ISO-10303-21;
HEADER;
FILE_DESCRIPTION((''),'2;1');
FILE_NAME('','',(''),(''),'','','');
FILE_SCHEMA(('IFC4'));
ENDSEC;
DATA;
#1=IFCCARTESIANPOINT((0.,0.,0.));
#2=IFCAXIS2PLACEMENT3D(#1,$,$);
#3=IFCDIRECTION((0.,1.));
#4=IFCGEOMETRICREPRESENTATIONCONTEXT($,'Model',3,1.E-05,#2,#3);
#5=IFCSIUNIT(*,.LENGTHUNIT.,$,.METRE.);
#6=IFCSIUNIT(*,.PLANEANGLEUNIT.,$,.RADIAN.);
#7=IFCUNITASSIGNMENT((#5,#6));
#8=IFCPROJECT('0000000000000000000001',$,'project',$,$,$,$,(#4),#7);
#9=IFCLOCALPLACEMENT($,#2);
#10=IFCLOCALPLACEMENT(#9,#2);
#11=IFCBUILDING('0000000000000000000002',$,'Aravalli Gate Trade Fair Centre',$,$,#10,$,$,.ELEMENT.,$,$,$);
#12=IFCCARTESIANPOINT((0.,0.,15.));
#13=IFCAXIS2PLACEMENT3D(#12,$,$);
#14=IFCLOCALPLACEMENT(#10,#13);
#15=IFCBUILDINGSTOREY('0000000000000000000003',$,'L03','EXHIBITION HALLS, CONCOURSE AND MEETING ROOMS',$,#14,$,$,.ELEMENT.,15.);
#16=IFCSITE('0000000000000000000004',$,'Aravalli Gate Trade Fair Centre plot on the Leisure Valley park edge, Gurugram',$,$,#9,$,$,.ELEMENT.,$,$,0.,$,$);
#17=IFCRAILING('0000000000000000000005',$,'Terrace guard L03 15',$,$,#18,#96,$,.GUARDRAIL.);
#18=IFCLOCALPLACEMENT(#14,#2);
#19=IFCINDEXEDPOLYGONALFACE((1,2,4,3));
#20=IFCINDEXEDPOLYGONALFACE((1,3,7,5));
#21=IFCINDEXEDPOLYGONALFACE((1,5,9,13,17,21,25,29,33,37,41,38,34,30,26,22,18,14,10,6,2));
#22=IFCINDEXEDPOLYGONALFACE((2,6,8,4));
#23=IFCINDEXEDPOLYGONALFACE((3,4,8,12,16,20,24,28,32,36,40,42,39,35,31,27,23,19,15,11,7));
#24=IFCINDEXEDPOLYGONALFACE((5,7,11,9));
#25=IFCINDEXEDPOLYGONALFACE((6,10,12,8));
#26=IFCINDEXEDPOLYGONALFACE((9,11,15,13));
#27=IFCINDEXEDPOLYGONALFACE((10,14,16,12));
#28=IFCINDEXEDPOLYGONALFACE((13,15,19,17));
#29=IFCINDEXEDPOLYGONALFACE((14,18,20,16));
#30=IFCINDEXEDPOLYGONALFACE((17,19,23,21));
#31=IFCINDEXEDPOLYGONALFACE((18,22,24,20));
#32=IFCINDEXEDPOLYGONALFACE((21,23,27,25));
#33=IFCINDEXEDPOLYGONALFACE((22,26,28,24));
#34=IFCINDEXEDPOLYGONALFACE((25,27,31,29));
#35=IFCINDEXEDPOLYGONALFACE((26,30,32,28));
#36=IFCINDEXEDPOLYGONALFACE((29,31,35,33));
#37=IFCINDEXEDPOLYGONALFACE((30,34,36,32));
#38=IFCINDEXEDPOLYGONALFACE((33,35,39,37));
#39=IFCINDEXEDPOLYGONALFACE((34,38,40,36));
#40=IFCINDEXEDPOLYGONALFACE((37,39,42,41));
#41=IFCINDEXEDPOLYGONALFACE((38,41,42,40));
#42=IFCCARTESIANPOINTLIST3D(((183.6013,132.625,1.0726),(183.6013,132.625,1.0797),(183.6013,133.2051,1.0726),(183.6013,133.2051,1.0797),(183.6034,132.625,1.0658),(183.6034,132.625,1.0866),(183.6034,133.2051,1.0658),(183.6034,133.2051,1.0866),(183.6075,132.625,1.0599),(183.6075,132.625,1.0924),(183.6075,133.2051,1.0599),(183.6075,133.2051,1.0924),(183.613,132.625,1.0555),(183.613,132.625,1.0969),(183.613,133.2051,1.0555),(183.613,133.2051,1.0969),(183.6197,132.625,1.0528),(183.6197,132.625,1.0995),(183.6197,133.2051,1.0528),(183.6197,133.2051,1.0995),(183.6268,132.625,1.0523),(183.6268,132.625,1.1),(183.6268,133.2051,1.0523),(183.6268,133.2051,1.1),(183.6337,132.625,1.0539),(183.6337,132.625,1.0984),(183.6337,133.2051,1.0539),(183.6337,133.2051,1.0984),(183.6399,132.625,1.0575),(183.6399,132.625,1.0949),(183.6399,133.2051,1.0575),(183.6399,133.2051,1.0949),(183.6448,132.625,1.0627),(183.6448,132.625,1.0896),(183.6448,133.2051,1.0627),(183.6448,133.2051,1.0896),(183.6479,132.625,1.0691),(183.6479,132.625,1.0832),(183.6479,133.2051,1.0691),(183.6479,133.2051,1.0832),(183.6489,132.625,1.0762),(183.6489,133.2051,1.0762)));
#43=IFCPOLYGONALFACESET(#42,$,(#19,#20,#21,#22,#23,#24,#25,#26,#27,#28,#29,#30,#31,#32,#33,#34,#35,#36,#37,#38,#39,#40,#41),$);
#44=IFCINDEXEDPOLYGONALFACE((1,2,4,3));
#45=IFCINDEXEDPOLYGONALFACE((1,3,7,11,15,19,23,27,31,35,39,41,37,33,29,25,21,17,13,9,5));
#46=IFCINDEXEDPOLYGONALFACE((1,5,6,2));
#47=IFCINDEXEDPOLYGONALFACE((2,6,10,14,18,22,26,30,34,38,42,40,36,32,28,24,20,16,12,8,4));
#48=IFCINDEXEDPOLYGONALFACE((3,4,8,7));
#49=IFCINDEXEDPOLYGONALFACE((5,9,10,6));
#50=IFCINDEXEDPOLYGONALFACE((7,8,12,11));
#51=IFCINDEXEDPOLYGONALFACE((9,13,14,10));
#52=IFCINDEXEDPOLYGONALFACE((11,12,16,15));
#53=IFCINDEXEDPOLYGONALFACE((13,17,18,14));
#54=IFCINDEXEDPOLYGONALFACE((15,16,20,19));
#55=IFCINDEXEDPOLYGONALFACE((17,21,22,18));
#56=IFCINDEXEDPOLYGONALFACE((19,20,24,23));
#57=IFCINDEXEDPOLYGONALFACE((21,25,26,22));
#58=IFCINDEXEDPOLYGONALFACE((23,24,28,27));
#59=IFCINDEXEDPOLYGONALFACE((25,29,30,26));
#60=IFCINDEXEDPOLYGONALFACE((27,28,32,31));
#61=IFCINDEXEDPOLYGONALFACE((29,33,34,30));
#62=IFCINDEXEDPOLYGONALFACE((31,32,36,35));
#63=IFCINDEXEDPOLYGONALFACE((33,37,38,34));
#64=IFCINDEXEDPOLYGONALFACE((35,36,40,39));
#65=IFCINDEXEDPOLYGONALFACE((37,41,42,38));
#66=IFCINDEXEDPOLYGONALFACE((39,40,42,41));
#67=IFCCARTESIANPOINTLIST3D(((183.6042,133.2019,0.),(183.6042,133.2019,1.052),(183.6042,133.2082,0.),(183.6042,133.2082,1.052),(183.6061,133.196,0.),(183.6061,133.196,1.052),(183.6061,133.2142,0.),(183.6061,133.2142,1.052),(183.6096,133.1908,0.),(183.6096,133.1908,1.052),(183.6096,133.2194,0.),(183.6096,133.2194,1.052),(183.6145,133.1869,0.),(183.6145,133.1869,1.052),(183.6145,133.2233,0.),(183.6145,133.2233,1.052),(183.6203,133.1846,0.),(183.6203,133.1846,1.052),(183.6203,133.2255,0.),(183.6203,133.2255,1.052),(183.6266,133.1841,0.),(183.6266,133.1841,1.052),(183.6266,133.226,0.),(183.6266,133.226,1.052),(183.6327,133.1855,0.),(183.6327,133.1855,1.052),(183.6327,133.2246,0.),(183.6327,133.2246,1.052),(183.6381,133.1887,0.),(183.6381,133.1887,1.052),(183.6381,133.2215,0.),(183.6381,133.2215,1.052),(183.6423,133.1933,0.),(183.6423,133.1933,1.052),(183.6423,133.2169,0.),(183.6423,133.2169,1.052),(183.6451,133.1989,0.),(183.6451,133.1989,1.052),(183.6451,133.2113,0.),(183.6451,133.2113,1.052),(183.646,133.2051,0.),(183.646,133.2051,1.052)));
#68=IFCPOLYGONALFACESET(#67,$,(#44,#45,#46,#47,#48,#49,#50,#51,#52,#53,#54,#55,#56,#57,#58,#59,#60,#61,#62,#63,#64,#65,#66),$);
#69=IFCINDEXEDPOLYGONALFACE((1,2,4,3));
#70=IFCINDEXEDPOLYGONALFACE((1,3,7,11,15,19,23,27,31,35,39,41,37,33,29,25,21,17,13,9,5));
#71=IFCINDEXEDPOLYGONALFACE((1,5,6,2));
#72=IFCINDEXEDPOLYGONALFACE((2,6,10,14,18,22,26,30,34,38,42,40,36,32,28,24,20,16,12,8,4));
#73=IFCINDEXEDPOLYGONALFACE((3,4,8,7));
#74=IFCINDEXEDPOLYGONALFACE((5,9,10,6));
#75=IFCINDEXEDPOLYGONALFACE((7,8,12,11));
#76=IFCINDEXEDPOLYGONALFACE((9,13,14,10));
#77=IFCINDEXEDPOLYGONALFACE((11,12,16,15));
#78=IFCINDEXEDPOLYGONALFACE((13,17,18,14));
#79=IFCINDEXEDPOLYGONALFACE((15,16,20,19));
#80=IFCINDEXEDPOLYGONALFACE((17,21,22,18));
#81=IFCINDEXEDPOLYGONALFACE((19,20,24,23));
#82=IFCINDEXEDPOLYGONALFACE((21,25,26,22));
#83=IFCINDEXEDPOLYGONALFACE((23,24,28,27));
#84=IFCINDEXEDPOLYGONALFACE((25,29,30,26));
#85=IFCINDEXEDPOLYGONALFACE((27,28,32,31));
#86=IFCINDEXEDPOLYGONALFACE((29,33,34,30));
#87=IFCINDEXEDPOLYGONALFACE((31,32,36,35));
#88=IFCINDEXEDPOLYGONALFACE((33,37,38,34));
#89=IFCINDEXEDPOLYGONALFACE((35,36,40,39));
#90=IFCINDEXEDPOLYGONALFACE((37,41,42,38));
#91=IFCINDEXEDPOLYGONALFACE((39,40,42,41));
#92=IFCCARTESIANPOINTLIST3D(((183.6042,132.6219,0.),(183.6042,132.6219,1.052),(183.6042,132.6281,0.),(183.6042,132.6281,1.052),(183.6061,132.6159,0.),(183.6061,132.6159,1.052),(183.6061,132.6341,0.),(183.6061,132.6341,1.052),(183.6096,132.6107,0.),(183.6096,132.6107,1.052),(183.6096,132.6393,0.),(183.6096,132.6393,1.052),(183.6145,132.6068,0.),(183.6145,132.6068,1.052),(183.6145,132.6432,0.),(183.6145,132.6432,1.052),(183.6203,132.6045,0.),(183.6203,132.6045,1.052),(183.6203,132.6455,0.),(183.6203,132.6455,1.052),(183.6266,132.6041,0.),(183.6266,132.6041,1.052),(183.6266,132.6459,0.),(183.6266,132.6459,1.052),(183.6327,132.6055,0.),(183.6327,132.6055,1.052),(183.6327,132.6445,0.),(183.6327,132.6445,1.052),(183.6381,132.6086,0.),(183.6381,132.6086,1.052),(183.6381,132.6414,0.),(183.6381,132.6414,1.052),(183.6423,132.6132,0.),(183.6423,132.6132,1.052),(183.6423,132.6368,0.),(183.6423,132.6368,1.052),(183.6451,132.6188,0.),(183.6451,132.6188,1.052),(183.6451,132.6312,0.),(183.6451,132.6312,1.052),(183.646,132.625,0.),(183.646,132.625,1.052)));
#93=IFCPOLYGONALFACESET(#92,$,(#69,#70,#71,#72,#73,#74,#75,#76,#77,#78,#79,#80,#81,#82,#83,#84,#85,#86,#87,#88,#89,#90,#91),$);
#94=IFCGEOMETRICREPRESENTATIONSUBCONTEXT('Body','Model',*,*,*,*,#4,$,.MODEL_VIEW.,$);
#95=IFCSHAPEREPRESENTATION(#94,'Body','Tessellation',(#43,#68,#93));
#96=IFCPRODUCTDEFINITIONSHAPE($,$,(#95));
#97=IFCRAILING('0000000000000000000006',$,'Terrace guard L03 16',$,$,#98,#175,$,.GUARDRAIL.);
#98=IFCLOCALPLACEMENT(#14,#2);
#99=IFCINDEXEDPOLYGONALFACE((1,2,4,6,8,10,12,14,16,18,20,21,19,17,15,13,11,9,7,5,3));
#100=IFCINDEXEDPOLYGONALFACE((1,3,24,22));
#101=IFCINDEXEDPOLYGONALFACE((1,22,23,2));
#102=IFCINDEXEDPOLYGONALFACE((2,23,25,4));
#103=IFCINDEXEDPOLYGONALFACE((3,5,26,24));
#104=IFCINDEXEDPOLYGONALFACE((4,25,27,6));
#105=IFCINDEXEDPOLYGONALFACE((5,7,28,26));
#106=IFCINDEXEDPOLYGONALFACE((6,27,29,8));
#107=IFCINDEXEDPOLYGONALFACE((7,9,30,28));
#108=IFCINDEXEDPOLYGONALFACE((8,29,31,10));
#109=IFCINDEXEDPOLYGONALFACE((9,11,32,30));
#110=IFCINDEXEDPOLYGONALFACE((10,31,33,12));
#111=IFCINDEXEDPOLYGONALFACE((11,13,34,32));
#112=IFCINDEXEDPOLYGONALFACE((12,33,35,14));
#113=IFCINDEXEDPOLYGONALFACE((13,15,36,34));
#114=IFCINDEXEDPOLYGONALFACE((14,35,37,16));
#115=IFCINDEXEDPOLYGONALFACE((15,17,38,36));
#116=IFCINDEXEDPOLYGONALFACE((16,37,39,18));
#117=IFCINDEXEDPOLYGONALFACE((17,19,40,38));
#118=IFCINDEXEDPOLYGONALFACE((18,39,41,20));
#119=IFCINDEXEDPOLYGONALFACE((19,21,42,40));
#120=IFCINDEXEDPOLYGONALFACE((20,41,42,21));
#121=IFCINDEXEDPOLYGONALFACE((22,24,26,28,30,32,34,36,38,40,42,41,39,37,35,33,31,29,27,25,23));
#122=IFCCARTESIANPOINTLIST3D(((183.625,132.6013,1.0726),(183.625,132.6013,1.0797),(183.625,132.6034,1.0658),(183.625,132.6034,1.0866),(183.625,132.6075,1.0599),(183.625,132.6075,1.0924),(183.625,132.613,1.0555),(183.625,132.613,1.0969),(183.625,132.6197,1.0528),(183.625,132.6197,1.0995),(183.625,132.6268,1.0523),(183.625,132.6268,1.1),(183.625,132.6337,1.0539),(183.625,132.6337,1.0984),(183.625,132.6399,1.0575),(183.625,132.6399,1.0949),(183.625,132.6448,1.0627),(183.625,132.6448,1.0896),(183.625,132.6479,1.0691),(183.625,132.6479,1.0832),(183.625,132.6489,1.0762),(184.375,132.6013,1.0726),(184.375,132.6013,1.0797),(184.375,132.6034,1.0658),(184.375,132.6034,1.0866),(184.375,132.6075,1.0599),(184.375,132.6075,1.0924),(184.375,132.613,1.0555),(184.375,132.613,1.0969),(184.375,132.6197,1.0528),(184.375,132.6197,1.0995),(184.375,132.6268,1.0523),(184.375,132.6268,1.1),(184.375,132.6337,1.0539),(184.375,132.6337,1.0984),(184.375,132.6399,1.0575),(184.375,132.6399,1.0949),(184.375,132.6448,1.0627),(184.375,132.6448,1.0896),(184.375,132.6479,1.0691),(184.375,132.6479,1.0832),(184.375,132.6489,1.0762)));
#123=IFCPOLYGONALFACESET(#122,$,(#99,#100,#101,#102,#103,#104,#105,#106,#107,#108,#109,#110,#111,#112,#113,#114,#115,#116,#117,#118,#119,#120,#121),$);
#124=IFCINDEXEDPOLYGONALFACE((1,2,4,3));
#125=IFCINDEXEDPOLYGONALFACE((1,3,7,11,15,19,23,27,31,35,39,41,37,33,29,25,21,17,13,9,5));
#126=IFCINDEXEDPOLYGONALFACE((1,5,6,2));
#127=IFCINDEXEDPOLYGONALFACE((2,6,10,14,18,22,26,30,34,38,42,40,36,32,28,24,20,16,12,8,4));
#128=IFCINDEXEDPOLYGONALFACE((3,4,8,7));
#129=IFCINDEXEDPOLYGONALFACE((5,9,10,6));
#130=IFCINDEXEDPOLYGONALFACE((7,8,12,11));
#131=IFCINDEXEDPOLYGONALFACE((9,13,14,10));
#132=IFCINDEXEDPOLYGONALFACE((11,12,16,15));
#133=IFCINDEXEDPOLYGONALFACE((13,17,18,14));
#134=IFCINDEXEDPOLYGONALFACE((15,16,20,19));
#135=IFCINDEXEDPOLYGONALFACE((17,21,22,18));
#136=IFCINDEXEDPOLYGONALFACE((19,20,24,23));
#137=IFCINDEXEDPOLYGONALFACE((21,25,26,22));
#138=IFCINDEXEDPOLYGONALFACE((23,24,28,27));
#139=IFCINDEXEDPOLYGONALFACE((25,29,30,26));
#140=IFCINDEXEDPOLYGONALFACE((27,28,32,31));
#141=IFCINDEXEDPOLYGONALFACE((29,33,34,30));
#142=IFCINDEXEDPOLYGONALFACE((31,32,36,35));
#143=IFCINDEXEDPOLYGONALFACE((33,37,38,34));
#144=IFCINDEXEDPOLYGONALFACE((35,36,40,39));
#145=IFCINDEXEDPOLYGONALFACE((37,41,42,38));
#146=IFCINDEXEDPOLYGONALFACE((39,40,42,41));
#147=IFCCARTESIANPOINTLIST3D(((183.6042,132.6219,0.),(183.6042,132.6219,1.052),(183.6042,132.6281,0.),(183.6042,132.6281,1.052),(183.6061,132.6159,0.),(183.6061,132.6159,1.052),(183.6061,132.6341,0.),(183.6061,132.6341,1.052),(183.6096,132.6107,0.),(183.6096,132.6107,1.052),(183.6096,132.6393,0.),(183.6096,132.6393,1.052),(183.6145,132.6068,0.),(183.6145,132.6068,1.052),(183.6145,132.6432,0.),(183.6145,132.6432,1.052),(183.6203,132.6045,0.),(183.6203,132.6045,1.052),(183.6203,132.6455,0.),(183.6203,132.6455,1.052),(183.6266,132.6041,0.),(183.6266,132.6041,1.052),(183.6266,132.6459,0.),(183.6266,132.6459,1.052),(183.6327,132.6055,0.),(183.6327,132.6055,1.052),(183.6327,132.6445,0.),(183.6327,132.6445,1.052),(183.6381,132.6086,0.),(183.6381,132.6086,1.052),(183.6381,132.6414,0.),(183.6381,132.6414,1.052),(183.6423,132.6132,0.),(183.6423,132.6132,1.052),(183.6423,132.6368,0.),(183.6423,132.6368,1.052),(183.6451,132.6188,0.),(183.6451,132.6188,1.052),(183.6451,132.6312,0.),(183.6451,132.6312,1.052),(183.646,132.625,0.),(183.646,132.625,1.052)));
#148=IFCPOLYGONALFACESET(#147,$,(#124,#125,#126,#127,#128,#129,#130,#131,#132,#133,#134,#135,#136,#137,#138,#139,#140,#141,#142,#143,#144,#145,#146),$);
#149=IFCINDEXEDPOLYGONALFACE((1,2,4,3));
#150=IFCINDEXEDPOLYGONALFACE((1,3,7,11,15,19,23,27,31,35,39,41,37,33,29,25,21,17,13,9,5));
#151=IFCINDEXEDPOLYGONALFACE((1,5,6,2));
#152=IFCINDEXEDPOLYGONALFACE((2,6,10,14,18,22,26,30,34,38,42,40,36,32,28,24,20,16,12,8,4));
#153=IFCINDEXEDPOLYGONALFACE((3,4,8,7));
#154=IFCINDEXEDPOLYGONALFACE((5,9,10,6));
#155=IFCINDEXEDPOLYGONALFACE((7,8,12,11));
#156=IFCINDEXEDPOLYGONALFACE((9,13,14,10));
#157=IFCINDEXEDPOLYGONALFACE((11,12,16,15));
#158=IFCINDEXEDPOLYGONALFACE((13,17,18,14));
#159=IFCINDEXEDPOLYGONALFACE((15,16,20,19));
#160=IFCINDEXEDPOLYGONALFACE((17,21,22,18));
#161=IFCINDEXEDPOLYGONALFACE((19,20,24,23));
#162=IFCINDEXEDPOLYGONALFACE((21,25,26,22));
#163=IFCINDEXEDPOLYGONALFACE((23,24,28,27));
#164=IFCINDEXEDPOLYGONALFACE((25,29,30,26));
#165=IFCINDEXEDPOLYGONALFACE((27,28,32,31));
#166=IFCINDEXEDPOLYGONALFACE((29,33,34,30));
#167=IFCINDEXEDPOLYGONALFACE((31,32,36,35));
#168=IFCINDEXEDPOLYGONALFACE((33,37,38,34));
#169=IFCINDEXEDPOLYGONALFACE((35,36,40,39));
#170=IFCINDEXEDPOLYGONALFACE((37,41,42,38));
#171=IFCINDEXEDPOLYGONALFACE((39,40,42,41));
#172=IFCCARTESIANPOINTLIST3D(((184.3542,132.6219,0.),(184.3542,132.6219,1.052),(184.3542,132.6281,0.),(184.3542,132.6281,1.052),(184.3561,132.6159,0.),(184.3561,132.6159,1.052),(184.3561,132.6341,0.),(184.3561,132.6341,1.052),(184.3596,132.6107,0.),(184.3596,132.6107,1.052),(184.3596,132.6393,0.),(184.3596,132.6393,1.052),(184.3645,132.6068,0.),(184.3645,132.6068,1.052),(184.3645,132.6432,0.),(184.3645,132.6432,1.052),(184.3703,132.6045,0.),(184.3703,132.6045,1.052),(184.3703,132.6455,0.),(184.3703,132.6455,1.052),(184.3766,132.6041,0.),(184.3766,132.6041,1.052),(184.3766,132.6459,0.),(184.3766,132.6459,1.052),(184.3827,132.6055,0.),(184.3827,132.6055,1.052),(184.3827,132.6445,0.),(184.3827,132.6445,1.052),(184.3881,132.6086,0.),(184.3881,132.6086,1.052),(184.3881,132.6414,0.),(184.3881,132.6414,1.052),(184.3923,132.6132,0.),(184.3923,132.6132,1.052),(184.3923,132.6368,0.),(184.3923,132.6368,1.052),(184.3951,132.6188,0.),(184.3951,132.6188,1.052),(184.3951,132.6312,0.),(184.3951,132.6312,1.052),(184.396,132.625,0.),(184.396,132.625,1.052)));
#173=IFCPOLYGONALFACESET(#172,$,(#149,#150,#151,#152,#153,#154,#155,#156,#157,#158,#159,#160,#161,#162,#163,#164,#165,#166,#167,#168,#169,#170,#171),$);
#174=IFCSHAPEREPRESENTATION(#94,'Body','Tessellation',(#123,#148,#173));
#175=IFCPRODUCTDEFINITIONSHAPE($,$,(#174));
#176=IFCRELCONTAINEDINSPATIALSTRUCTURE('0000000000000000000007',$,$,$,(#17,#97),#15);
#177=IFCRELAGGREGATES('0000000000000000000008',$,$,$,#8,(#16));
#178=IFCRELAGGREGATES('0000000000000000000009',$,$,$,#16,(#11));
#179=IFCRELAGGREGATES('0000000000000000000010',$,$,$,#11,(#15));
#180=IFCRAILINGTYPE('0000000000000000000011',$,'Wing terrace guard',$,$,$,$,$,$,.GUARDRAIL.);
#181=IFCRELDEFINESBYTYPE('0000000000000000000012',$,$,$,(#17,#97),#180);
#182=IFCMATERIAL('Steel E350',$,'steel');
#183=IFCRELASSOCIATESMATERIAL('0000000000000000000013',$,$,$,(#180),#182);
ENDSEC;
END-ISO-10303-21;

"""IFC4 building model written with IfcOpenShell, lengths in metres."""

from ifc_helpers import new_model, si_unit, direction, frame, origin, origin_2d, place, context, subcontext, project, spatial, circle, extrude, material, type_object, element, save


model = new_model("IFC4")

# Units and contexts
model_context = context("Model", 3, precision=1e-05, world=origin(), true_north=direction((0.0, 1.0)))
body_context = subcontext(model_context, "Body", "Model", "MODEL_VIEW")
ifc_project = project(units=[si_unit("LENGTHUNIT", "METRE"), si_unit("PLANEANGLEUNIT", "RADIAN")], contexts=[model_context])

# Site, building, storey
site_placement = place(None, origin())
site = spatial("IfcSite", under=ifc_project, at=site_placement, Name="Aravalli Gate Trade Fair Centre plot on the Leisure Valley park edge, Gurugram", CompositionType="ELEMENT", RefElevation=0.0)
building_placement = place(site_placement, origin())
building = spatial("IfcBuilding", under=site, at=building_placement, Name="Aravalli Gate Trade Fair Centre", CompositionType="ELEMENT")
storey_placement = place(building_placement, frame((0.0, 0.0, 15.0)))
storey = spatial("IfcBuildingStorey", under=building, at=storey_placement, Name="L03", Description="EXHIBITION HALLS, CONCOURSE AND MEETING ROOMS", CompositionType="ELEMENT", Elevation=15.0)

# Shared definitions
ifc_material_1 = material(Name="Steel E350", Category="steel")

# Railings
railing_type = type_object("IfcRailingType", Name="Wing terrace guard", PredefinedType="GUARDRAIL", material=ifc_material_1)
railing_1_placement = place(storey_placement, frame((183.625, 133.2051, 0.0)))
element("IfcRailing", 1, at=railing_1_placement, inside=storey, type_object=railing_type, Name="Terrace guard L03 15", PredefinedType="GUARDRAIL", context=body_context, shape_type="SweptSolid", body=[
    extrude(circle(Radius=0.0239, at=origin_2d()), frame((0.0, 0.0, 1.0762), z_axis=(0.0, -1.0, 0.0), x_axis=(1.0, 0.0, 0.0)), (0.0, 0.0, 1.0), 0.5801),
    extrude(circle(Radius=0.021, at=origin_2d()), origin(), (0.0, 0.0, 1.0), 1.052),
    extrude(circle(Radius=0.021, at=origin_2d()), frame((0.0, -0.5801, 0.0)), (0.0, 0.0, 1.0), 1.052),
])
railing_2_placement = place(storey_placement, frame((183.625, 132.625, 0.0)))
element("IfcRailing", 2, at=railing_2_placement, inside=storey, type_object=railing_type, Name="Terrace guard L03 16", PredefinedType="GUARDRAIL", context=body_context, shape_type="SweptSolid", body=[
    extrude(circle(Radius=0.0239, at=origin_2d()), frame((0.0, 0.0, 1.0762), z_axis=(1.0, 0.0, 0.0), x_axis=(0.0, 1.0, 0.0)), (0.0, 0.0, 1.0), 0.75),
    extrude(circle(Radius=0.021, at=origin_2d()), origin(), (0.0, 0.0, 1.0), 1.052),
    extrude(circle(Radius=0.021, at=origin_2d()), frame((0.75, 0.0, 0.0)), (0.0, 0.0, 1.0), 1.052),
])

save(model, "model.ifc")
